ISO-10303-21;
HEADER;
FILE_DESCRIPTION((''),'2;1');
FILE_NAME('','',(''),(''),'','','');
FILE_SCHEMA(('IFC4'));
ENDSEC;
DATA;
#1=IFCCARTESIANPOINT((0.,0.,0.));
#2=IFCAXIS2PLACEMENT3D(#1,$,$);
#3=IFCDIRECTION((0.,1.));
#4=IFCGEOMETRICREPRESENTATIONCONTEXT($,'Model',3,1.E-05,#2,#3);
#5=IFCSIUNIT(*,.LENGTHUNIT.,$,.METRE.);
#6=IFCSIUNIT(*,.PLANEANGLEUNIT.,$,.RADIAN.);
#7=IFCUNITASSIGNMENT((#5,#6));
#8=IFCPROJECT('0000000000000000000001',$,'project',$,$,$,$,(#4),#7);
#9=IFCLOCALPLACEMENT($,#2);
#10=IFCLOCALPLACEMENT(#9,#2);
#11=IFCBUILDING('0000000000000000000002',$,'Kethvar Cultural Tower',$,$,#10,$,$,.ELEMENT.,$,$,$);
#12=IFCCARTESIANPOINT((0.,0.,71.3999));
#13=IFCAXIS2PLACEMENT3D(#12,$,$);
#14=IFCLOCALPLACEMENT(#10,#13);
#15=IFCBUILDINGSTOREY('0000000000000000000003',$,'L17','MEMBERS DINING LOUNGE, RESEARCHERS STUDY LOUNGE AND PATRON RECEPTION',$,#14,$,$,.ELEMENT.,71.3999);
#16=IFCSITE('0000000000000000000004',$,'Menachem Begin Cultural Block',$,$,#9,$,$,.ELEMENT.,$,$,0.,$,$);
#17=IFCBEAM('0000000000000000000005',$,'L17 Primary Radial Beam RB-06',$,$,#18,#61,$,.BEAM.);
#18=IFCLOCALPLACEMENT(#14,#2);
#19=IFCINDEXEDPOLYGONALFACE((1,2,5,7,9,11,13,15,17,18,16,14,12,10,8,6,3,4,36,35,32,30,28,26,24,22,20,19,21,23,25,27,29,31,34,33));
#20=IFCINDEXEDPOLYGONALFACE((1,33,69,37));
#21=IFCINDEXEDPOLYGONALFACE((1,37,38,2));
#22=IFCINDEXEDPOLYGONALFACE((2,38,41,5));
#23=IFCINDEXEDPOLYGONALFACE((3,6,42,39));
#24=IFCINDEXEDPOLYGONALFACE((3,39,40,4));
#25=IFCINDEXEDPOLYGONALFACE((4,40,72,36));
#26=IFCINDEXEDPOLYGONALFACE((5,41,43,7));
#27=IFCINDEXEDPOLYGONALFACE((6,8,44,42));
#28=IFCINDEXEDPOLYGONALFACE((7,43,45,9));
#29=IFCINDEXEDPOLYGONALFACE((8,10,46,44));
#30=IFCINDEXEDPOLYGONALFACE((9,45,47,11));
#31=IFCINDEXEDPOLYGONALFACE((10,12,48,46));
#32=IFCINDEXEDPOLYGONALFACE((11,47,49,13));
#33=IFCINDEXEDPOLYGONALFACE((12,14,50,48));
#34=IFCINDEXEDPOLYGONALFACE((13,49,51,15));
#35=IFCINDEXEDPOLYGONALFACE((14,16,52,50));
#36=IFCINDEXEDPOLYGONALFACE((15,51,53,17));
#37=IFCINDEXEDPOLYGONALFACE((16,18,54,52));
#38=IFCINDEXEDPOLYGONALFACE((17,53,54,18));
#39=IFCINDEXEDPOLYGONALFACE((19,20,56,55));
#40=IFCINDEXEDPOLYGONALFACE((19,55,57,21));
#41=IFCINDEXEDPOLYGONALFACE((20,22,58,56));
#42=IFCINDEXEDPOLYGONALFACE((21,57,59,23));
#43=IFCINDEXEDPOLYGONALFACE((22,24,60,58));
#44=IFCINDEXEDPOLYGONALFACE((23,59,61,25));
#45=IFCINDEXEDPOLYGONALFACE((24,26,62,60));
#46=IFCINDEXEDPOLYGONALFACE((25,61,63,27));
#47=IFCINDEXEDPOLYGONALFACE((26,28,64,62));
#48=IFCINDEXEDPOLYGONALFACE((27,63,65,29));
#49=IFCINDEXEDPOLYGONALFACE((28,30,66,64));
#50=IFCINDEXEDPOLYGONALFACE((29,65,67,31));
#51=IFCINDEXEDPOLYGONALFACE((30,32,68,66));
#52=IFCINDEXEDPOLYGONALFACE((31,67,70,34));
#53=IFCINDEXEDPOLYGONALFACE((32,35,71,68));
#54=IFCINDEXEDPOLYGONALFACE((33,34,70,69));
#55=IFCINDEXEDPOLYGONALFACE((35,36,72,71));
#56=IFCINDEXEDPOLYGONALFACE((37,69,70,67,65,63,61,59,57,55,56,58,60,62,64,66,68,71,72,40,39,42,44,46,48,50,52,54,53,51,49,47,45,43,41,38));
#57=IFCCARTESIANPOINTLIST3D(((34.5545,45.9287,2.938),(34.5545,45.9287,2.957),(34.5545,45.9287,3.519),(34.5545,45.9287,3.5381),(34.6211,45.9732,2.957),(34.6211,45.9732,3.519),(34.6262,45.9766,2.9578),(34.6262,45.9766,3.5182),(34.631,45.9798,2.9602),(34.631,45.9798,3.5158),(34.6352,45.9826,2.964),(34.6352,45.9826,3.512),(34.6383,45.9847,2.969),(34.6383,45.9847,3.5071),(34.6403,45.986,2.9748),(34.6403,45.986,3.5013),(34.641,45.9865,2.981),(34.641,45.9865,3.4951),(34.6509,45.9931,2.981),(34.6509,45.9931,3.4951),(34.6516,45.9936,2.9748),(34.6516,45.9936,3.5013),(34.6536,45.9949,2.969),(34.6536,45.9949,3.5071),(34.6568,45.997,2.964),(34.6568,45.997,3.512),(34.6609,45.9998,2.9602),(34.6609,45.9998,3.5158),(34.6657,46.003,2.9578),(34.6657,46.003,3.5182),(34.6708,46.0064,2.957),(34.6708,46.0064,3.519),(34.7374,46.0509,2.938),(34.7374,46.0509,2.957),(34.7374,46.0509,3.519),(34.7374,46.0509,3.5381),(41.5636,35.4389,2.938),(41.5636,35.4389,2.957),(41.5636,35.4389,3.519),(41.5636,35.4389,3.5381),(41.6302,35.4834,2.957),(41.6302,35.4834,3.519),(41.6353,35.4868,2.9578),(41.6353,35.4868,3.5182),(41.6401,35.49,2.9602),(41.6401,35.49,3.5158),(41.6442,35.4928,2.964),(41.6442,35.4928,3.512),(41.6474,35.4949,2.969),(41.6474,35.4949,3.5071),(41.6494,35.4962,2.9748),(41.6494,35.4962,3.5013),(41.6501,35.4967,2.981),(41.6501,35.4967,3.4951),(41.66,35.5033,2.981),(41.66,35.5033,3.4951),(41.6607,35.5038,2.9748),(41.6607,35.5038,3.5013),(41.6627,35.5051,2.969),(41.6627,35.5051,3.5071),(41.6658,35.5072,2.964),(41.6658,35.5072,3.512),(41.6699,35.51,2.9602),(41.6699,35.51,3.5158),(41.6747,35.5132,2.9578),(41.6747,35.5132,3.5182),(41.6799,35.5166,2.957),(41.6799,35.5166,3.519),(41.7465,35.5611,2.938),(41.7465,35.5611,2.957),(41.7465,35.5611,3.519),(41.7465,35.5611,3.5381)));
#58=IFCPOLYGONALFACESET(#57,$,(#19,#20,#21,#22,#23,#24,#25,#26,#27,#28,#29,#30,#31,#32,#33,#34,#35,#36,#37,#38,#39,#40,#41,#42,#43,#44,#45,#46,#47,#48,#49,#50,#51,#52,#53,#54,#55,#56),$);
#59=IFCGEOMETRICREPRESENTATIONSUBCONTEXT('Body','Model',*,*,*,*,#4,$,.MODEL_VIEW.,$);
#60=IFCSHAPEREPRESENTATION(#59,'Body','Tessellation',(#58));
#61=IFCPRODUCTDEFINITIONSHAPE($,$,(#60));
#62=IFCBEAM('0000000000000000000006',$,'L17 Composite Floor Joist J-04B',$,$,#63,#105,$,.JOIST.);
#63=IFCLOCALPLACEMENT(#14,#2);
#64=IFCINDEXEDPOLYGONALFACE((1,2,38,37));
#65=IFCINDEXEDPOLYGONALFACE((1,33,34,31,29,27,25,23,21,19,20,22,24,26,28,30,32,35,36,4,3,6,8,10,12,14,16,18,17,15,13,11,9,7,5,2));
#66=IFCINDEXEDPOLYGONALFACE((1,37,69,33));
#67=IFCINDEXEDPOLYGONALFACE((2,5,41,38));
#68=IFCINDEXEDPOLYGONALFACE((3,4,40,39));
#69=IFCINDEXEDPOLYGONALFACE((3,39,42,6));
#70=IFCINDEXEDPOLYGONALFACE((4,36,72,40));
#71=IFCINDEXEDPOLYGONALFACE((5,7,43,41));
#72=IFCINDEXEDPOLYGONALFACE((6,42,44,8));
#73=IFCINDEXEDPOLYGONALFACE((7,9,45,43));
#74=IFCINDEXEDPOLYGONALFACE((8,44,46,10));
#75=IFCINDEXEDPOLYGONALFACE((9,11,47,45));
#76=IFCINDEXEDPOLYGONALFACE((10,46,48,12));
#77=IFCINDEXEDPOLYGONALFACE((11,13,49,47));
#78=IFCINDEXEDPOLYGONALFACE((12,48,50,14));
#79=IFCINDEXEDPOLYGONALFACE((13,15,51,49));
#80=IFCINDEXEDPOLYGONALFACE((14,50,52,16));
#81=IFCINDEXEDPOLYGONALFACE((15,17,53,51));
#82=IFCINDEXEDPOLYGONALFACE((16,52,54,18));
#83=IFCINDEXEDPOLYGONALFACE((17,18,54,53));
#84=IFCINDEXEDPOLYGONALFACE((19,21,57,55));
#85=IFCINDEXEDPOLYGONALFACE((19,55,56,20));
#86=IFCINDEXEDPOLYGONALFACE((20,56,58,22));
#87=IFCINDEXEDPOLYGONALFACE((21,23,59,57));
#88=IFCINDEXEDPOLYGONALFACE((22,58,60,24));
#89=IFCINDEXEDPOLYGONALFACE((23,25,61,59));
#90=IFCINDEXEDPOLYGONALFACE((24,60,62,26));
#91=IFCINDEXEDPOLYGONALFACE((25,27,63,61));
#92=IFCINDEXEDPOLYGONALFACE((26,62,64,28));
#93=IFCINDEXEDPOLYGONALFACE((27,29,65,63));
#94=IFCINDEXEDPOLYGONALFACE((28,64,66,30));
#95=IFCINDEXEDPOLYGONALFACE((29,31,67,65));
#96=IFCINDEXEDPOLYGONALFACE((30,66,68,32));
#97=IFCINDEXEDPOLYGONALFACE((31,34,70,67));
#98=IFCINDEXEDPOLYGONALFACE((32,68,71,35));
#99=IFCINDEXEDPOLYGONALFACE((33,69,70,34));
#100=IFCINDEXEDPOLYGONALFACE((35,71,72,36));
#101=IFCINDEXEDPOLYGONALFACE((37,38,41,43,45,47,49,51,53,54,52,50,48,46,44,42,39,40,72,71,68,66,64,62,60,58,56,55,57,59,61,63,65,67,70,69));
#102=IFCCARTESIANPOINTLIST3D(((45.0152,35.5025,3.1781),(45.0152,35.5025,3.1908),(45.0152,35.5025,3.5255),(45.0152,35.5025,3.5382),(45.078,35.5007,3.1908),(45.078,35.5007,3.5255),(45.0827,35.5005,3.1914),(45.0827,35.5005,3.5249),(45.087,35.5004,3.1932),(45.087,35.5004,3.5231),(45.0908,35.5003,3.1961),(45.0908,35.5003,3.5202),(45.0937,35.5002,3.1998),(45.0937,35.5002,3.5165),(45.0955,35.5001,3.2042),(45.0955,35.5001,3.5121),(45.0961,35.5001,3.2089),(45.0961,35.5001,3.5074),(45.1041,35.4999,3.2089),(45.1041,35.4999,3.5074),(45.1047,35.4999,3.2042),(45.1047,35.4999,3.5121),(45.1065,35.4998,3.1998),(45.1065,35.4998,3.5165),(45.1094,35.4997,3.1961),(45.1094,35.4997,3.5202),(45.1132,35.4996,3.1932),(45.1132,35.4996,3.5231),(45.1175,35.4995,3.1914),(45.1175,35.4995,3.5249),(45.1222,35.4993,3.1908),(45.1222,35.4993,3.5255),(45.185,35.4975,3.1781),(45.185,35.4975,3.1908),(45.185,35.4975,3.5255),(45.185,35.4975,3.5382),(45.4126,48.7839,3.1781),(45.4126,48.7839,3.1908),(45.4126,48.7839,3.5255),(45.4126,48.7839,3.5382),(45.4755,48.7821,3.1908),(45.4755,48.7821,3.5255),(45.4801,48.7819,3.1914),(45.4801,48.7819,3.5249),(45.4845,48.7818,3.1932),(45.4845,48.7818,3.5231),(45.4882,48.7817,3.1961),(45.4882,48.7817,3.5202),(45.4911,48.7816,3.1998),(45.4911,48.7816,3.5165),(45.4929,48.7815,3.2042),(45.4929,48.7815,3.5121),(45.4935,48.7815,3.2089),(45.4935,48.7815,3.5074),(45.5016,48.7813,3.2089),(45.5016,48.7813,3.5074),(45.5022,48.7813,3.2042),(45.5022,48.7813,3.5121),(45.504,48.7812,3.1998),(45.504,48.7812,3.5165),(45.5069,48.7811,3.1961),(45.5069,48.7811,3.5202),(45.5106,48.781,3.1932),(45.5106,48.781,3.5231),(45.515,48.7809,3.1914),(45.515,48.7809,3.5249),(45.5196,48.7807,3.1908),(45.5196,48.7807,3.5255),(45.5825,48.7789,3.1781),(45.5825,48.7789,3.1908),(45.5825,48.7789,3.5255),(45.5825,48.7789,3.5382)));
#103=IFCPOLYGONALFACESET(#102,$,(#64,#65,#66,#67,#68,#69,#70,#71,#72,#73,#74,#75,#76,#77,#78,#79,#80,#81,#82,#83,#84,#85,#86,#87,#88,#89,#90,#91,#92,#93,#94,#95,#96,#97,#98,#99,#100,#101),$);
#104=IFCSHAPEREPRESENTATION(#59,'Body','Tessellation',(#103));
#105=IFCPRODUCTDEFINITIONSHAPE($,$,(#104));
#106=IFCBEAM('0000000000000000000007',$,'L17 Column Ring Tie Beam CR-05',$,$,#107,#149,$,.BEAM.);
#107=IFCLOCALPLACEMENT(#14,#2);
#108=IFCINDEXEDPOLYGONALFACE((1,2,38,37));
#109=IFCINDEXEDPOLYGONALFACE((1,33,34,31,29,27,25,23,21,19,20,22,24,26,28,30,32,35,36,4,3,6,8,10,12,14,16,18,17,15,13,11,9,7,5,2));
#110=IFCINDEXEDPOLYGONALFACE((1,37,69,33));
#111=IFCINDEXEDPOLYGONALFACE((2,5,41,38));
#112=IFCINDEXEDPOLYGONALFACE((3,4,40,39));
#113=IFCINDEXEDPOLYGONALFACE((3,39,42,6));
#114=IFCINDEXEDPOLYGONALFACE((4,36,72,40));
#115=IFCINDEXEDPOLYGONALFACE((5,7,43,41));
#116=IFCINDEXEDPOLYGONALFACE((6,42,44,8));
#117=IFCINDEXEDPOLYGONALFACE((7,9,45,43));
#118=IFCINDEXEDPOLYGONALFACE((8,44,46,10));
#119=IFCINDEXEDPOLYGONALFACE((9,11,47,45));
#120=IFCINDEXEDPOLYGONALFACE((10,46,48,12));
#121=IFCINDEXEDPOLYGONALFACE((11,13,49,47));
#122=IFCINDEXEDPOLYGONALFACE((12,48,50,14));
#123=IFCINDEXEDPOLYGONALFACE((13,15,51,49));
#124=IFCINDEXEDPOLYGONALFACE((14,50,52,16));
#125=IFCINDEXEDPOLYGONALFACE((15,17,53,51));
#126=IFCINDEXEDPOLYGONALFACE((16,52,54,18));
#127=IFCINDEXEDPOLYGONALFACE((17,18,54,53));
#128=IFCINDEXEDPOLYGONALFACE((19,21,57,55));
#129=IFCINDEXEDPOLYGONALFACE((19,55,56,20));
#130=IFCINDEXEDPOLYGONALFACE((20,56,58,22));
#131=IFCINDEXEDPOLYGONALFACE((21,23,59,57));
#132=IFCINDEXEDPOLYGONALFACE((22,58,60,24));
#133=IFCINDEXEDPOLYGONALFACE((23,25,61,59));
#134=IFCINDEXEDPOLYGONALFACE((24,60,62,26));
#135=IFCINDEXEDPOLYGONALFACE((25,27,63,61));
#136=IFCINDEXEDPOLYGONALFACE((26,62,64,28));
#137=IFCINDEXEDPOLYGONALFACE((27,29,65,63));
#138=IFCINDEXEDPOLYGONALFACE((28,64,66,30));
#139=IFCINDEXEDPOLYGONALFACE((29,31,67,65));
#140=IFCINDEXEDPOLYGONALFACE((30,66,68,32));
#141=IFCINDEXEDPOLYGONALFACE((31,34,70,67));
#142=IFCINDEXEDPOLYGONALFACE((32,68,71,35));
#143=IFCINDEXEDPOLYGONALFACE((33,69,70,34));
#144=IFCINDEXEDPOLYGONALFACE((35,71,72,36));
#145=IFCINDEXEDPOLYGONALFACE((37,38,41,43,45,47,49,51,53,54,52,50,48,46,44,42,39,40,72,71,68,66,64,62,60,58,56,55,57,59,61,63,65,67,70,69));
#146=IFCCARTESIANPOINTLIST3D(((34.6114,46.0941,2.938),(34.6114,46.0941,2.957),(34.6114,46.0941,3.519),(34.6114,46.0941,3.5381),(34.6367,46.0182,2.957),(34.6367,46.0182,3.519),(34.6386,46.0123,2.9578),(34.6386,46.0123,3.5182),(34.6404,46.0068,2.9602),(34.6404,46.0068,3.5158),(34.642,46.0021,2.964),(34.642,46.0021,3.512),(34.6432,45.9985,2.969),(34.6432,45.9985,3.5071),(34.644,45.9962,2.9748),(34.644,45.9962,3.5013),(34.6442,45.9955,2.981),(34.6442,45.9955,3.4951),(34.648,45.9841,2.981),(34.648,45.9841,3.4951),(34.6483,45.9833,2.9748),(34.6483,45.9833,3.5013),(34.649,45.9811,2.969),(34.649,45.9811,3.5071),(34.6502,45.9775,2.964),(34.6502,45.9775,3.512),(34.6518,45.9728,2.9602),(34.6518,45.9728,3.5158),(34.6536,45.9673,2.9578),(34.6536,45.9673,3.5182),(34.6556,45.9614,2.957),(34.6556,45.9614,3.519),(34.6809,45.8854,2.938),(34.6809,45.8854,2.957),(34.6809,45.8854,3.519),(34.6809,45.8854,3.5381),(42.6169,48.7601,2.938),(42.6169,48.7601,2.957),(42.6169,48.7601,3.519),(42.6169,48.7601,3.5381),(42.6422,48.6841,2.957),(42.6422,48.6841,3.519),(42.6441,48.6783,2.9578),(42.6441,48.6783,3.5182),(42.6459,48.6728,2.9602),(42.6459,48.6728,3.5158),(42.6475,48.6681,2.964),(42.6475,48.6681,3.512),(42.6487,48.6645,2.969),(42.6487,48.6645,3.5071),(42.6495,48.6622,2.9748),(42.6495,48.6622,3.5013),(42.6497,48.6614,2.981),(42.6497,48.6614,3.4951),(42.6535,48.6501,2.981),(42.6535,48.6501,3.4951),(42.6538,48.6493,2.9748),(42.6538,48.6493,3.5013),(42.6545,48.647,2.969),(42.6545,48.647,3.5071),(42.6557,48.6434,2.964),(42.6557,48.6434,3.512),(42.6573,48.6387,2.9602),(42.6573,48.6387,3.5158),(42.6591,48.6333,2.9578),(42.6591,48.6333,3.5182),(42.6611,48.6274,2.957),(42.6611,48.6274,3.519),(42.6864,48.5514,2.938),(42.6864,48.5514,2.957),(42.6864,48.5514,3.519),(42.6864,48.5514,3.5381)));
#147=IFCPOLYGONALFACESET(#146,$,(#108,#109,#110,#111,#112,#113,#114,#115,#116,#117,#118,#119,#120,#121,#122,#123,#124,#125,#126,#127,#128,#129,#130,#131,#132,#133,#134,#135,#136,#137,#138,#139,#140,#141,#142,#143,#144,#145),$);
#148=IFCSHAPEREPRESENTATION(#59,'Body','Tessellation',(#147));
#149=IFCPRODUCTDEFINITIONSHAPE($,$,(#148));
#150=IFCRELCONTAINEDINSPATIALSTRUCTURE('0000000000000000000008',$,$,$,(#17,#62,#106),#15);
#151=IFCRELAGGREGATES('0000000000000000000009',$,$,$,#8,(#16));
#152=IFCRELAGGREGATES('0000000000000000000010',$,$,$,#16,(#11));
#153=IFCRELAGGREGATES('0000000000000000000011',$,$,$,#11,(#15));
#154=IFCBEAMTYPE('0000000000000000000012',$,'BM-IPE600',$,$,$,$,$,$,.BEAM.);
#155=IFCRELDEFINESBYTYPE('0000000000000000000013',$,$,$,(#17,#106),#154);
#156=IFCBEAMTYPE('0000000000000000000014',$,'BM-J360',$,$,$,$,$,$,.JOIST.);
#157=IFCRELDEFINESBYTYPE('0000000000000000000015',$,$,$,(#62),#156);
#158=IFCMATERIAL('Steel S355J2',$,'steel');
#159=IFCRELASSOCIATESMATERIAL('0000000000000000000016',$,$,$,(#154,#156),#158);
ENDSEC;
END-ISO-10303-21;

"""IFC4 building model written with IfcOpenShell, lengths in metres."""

from ifc_helpers import new_model, si_unit, direction, frame, origin, origin_2d, place, context, subcontext, project, spatial, i_section, extrude, source, transform, mapped, material, material_profile, profile_set, type_object, element, save


model = new_model("IFC4")

# Units and contexts
model_context = context("Model", 3, precision=1e-05, world=origin(), true_north=direction((0.0, 1.0)))
body_context = subcontext(model_context, "Body", "Model", "MODEL_VIEW")
ifc_project = project(units=[si_unit("LENGTHUNIT", "METRE"), si_unit("PLANEANGLEUNIT", "RADIAN")], contexts=[model_context])

# Site, building, storey
site_placement = place(None, origin())
site = spatial("IfcSite", under=ifc_project, at=site_placement, Name="Menachem Begin Cultural Block", CompositionType="ELEMENT", RefElevation=0.0)
building_placement = place(site_placement, origin())
building = spatial("IfcBuilding", under=site, at=building_placement, Name="Kethvar Cultural Tower", CompositionType="ELEMENT")
storey_placement = place(building_placement, frame((0.0, 0.0, 71.3999)))
storey = spatial("IfcBuildingStorey", under=building, at=storey_placement, Name="L17", Description="MEMBERS DINING LOUNGE, RESEARCHERS STUDY LOUNGE AND PATRON RECEPTION", CompositionType="ELEMENT", Elevation=71.3999)

# Beams
ifc_material_1 = material(Name="Steel S355J2", Category="steel")
ifc_material_profile_1 = material_profile(ifc_material_1, i_section(OverallWidth=0.22, OverallDepth=0.6001, WebThickness=0.012, FlangeThickness=0.019, FilletRadius=0.0239, at=origin_2d()), Name="Steel S355J2 — IPE600")
ifc_profile_set_1 = profile_set([ifc_material_profile_1], Name="Steel S355J2 — IPE600")
beam_type_1 = type_object("IfcBeamType", Name="BM-IPE600", PredefinedType="BEAM", material=ifc_profile_set_1)
shared_shape_1 = source(origin(), body_context, "Body", "SweptSolid", [
    extrude(i_section(OverallWidth=0.22, OverallDepth=0.6001, WebThickness=0.012, FlangeThickness=0.019, FilletRadius=0.0239, at=origin_2d()), origin(), (0.0, 0.0, 1.0), 12.616),
])
beam_1_placement = place(storey_placement, frame((41.655, 35.5, 3.238), z_axis=(-0.555571, 0.831469, 0.0), x_axis=(-0.831469, -0.555571, 0.0)))
element("IfcBeam", 1, at=beam_1_placement, inside=storey, type_object=beam_type_1, Name="L17 Primary Radial Beam RB-06", PredefinedType="BEAM", context=body_context, shape_type="MappedRepresentation", body=[
    mapped(shared_shape_1, transform((0.0, 0.0, 0.0), scale=1.0)),
])
ifc_material_profile_2 = material_profile(ifc_material_1, i_section(OverallWidth=0.1699, OverallDepth=0.3601, WebThickness=0.0081, FlangeThickness=0.0127, FilletRadius=0.0181, at=origin_2d()), Name="Steel S355J2 — IPE360")
ifc_profile_set_2 = profile_set([ifc_material_profile_2], Name="Steel S355J2 — IPE360")
beam_type_2 = type_object("IfcBeamType", Name="BM-J360", PredefinedType="JOIST", material=ifc_profile_set_2)
shared_shape_2 = source(origin(), body_context, "Body", "SweptSolid", [
    extrude(i_section(OverallWidth=0.1699, OverallDepth=0.3601, WebThickness=0.0081, FlangeThickness=0.0127, FilletRadius=0.0181, at=origin_2d()), origin(), (0.0, 0.0, 1.0), 13.2874),
])
beam_2_placement = place(storey_placement, frame((45.1001, 35.5, 3.3582), z_axis=(0.029913, 0.999553, 0.0), x_axis=(-0.999553, 0.029913, 0.0)))
element("IfcBeam", 2, at=beam_2_placement, inside=storey, type_object=beam_type_2, Name="L17 Composite Floor Joist J-04B", PredefinedType="JOIST", context=body_context, shape_type="MappedRepresentation", body=[
    mapped(shared_shape_2, transform((0.0, 0.0, 0.0), scale=1.0)),
])
shared_shape_3 = source(origin(), body_context, "Body", "SweptSolid", [
    extrude(i_section(OverallWidth=0.22, OverallDepth=0.6001, WebThickness=0.012, FlangeThickness=0.019, FilletRadius=0.0239, at=origin_2d()), origin(), (0.0, 0.0, 1.0), 8.4377),
])
beam_3_placement = place(storey_placement, frame((42.6516, 48.6558, 3.238), z_axis=(-0.948773, -0.315959, 0.0), x_axis=(0.315959, -0.948773, 0.0)))
element("IfcBeam", 3, at=beam_3_placement, inside=storey, type_object=beam_type_1, Name="L17 Column Ring Tie Beam CR-05", PredefinedType="BEAM", context=body_context, shape_type="MappedRepresentation", body=[
    mapped(shared_shape_3, transform((0.0, 0.0, 0.0), scale=1.0)),
])

save(model, "model.ifc")
